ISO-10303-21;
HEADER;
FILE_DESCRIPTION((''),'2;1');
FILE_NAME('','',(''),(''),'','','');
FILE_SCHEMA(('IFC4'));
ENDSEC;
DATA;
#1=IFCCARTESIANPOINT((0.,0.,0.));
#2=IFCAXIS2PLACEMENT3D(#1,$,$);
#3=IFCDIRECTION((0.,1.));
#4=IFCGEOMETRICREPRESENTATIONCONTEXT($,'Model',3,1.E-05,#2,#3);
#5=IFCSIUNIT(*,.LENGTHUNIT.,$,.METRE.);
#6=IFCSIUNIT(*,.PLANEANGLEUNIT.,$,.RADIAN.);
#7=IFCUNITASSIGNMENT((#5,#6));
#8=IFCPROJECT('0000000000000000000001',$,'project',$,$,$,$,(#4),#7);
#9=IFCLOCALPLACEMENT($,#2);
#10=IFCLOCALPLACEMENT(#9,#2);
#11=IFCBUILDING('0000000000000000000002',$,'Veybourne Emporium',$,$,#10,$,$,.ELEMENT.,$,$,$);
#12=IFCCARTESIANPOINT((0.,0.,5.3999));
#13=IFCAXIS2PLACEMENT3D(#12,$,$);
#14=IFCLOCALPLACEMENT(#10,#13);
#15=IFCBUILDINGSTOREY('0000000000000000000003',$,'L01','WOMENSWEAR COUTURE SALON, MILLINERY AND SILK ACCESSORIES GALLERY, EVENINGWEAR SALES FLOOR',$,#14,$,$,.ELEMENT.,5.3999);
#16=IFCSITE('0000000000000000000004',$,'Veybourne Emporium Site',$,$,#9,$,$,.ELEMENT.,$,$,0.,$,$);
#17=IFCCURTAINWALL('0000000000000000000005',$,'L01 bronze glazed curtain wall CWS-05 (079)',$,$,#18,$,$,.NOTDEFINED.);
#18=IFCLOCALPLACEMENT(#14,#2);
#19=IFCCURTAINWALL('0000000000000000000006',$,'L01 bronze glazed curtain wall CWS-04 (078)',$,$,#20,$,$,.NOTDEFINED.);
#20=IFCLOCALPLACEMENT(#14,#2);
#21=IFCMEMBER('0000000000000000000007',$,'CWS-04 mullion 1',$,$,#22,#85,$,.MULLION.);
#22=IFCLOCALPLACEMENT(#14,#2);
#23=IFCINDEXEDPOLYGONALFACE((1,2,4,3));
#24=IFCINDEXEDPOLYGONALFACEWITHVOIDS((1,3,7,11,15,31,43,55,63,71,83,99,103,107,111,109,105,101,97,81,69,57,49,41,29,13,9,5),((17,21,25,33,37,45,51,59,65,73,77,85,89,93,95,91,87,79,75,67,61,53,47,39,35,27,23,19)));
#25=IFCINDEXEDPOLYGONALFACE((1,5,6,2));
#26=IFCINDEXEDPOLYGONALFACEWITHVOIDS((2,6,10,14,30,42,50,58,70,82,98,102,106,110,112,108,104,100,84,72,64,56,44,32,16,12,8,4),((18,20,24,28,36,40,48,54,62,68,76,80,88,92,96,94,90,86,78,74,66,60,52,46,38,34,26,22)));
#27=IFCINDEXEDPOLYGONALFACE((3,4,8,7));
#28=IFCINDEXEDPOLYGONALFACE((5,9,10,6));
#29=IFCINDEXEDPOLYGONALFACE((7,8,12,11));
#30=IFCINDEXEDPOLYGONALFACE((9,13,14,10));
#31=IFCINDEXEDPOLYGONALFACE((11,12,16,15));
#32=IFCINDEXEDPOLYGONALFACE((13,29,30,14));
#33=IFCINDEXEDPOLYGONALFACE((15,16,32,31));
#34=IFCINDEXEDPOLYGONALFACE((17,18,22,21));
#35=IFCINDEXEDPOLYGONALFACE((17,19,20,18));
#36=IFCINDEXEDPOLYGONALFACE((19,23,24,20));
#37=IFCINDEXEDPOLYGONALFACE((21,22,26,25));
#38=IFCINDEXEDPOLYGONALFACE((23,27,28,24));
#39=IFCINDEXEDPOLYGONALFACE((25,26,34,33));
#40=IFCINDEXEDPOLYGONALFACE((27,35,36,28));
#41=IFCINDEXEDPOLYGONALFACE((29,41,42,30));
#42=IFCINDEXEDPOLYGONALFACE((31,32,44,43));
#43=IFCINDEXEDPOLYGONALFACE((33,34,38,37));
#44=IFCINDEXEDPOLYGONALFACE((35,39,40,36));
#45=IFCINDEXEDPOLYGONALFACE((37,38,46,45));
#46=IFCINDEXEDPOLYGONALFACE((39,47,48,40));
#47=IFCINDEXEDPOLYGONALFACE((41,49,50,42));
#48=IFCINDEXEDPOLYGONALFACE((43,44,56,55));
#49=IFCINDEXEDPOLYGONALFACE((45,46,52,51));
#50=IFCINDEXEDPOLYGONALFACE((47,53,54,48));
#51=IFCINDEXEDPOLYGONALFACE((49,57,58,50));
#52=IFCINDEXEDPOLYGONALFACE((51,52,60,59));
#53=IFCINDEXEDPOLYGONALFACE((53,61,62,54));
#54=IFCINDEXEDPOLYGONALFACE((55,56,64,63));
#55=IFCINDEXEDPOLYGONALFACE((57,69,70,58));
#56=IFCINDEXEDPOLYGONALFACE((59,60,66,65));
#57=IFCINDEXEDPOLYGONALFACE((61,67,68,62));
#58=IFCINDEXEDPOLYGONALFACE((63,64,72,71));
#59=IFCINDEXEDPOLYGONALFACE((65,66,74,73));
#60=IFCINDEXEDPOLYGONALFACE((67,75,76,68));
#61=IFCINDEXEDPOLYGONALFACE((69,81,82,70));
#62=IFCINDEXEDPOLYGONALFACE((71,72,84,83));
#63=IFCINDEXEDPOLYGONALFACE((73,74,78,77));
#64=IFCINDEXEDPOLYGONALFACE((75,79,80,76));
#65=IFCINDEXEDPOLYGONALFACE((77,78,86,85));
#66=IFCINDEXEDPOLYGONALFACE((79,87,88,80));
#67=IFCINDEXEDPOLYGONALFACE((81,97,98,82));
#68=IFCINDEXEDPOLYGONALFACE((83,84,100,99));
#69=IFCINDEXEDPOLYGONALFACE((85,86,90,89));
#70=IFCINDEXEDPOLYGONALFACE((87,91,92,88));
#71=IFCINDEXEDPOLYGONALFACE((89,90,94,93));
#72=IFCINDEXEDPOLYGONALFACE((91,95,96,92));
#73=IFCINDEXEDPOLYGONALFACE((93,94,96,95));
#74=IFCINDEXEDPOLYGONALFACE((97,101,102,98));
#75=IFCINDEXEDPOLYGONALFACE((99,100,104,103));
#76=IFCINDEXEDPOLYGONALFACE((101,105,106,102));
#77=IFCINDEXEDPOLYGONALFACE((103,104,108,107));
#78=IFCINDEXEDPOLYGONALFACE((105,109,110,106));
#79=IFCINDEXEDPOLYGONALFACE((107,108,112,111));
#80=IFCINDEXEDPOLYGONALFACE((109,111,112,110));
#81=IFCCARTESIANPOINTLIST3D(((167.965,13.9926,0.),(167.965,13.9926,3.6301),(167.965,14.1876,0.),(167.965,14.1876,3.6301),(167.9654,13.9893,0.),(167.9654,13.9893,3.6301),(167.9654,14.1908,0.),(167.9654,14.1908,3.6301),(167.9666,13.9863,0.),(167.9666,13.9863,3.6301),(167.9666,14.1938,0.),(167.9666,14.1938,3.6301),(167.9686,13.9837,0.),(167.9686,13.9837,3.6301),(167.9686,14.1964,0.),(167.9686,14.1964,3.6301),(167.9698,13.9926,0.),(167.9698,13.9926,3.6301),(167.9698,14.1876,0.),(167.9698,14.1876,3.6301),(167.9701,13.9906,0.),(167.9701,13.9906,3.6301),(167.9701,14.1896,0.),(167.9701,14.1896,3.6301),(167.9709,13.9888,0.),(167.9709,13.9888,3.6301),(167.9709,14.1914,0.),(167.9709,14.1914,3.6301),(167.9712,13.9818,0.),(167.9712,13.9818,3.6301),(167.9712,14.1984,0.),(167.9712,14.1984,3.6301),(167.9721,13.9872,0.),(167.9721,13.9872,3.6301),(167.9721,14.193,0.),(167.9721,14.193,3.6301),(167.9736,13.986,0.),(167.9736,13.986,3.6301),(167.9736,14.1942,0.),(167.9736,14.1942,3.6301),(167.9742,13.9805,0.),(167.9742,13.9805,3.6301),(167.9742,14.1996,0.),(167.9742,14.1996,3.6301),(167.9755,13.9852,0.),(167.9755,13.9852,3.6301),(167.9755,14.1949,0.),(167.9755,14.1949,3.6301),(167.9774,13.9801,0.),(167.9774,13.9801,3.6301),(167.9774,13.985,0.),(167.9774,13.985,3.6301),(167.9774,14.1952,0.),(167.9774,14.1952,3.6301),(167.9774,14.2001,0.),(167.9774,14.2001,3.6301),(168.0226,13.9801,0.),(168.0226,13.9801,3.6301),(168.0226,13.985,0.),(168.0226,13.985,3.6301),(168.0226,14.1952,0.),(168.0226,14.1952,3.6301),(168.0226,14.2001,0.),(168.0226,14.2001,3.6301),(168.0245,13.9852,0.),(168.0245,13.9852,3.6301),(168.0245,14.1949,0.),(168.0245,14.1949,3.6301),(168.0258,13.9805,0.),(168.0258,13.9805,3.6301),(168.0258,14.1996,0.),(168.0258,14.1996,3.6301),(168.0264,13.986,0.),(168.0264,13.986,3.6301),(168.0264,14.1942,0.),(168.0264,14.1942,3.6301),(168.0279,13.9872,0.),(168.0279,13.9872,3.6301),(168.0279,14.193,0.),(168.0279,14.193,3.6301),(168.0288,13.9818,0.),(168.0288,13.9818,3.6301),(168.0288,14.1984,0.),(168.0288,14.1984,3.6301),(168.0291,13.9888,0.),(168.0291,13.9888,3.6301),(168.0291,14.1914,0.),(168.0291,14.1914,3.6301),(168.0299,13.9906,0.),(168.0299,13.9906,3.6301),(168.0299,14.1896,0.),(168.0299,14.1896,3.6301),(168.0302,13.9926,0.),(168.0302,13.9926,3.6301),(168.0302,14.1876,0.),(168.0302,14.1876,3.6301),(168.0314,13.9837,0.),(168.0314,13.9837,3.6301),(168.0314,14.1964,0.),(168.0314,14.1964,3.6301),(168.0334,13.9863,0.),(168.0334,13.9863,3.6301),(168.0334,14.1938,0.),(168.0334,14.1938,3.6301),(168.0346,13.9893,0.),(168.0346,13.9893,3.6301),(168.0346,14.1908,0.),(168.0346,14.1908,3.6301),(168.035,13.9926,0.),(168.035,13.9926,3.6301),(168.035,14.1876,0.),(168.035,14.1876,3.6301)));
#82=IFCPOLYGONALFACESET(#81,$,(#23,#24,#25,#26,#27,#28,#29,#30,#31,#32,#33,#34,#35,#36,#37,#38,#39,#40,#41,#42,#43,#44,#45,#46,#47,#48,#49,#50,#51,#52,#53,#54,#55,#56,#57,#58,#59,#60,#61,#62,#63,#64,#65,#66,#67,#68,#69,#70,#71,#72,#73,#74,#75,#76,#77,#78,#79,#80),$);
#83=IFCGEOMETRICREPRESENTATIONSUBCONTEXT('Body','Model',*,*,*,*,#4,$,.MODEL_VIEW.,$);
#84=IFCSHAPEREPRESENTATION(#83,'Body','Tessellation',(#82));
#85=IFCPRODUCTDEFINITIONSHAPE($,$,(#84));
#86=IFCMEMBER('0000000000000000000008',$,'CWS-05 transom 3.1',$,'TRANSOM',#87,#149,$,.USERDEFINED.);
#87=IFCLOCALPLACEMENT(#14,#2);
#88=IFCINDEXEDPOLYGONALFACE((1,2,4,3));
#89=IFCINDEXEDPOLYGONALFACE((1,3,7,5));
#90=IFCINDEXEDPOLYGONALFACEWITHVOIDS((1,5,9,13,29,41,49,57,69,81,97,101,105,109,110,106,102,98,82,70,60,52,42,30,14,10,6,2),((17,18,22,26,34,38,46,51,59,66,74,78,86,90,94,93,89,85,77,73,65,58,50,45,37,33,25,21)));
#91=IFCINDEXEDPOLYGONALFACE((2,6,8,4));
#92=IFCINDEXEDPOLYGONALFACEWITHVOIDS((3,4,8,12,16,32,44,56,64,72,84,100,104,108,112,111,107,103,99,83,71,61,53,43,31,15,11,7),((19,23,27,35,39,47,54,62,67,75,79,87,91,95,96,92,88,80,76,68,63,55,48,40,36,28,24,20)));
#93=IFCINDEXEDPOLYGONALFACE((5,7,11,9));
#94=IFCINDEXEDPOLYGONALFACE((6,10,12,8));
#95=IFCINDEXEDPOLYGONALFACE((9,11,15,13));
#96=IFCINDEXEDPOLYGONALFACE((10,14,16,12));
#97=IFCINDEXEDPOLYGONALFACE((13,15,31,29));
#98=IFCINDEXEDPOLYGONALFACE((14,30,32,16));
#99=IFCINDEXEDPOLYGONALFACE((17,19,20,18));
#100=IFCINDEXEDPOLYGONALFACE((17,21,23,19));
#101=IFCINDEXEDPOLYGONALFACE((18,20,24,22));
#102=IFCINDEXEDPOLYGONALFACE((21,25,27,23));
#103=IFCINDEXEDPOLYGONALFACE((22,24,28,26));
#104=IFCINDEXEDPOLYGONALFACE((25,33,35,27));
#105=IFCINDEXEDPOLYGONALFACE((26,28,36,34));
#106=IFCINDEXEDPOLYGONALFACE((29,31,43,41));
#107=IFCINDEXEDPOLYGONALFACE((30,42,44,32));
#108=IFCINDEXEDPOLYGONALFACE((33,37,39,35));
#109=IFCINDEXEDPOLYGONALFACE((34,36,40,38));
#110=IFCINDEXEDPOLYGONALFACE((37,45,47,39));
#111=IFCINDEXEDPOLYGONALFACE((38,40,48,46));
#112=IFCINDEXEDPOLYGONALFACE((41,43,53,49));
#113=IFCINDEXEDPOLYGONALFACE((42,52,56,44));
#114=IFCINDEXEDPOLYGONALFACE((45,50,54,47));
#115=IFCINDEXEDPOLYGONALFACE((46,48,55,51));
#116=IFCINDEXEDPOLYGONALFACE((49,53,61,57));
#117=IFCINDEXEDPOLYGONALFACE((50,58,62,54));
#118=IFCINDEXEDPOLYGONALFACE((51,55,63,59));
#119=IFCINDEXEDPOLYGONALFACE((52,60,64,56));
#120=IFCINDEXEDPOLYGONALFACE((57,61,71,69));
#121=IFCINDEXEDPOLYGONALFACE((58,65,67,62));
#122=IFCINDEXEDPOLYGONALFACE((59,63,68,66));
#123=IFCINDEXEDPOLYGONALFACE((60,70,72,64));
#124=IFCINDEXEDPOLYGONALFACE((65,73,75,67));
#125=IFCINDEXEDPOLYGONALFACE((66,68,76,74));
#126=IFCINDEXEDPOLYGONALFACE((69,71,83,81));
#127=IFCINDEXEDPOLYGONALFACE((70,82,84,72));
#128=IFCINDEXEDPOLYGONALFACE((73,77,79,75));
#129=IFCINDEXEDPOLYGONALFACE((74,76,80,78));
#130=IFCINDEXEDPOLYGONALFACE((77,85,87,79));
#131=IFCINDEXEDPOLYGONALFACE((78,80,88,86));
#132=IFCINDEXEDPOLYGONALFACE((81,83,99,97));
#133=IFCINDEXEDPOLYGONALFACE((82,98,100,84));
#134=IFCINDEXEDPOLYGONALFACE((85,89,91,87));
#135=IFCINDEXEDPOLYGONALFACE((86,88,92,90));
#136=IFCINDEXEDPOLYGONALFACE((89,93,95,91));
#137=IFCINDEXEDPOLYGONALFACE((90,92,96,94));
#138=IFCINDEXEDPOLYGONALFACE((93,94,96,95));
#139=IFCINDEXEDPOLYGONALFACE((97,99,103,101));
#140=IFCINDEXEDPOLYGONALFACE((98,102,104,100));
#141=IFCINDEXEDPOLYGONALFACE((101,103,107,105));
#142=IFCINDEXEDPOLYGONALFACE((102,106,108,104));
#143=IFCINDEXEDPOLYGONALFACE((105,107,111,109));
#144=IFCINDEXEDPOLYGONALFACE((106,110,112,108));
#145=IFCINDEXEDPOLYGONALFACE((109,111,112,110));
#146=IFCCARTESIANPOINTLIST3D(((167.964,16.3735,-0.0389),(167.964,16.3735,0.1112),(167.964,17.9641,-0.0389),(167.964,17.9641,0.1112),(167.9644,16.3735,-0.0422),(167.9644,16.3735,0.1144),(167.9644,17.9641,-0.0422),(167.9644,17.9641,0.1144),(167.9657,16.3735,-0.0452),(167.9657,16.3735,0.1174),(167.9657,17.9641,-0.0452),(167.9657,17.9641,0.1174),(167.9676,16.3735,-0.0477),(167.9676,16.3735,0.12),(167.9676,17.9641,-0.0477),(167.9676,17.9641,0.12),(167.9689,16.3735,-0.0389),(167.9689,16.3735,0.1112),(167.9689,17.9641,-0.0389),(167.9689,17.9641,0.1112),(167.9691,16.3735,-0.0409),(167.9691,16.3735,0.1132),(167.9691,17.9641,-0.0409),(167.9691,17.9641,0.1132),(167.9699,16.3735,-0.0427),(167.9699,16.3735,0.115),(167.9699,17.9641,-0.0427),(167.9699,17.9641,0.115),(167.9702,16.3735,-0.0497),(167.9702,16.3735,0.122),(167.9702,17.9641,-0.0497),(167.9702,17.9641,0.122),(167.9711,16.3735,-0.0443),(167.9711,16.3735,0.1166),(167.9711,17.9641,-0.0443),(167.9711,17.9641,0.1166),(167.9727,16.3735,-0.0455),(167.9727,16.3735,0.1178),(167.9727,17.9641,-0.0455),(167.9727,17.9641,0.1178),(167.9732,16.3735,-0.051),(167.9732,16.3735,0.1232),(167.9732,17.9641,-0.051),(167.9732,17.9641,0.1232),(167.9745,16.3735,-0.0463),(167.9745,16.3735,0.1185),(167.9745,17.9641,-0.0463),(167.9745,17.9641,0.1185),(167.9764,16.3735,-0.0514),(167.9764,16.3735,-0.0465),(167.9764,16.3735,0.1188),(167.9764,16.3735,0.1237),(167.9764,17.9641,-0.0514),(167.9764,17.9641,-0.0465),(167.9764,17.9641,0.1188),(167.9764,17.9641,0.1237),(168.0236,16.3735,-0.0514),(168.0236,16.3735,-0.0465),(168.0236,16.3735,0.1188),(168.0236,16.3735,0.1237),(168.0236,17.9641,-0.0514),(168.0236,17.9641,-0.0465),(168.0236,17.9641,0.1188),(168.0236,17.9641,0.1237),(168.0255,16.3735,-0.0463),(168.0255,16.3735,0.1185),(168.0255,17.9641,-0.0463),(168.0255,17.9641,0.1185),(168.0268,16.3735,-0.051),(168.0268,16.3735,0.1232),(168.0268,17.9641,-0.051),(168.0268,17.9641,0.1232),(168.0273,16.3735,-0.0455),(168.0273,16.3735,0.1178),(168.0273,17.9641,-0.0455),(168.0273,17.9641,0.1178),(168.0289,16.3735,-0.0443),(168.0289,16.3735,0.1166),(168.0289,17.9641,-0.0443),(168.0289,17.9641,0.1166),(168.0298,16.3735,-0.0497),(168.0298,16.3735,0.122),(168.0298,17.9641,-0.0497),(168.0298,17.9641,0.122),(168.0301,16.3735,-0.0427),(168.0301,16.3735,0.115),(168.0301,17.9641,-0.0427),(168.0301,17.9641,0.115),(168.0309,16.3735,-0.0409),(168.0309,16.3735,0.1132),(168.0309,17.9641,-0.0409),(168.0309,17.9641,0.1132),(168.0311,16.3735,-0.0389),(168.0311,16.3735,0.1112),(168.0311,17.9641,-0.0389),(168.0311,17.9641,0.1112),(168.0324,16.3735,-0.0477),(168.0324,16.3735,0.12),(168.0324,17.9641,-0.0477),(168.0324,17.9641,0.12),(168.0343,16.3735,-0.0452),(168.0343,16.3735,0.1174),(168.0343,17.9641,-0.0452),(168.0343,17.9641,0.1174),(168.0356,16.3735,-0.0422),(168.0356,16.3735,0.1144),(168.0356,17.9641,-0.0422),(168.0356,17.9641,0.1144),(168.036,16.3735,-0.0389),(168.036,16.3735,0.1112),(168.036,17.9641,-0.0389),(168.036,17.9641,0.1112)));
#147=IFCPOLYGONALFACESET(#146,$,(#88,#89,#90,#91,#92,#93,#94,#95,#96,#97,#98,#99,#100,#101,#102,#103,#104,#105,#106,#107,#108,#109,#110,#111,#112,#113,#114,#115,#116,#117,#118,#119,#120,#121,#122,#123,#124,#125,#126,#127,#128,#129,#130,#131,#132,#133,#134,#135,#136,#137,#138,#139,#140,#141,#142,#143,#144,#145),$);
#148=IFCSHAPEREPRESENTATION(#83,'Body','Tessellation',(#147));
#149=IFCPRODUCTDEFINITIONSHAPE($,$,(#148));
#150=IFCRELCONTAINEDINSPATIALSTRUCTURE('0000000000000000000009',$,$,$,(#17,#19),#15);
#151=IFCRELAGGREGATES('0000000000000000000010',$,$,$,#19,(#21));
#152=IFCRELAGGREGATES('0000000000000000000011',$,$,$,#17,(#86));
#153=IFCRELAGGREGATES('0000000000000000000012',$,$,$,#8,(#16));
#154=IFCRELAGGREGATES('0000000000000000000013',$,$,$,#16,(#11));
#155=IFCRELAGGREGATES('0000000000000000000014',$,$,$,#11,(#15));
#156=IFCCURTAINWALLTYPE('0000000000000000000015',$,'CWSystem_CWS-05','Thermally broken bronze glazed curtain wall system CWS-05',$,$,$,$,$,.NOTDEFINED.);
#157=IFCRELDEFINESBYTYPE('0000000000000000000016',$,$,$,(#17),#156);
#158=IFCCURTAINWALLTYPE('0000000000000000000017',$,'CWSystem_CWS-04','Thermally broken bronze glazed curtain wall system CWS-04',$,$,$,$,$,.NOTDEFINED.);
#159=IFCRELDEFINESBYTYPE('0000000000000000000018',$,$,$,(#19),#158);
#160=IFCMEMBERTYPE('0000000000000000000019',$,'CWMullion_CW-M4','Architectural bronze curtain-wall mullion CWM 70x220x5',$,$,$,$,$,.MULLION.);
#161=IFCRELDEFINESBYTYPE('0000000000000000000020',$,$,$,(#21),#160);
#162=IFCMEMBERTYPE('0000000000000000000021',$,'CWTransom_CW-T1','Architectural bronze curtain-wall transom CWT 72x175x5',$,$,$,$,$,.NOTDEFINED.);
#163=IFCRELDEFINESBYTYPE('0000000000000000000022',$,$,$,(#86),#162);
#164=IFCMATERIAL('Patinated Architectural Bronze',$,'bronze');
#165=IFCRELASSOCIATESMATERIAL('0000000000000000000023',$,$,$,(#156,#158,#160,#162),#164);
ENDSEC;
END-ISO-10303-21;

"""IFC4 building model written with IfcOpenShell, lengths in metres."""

from ifc_helpers import new_model, si_unit, direction, frame, origin, origin_2d, place, context, subcontext, project, spatial, hollow_rectangle, extrude, material, material_profile, profile_set, type_object, element, aggregate, save


model = new_model("IFC4")

# Units and contexts
model_context = context("Model", 3, precision=1e-05, world=origin(), true_north=direction((0.0, 1.0)))
body_context = subcontext(model_context, "Body", "Model", "MODEL_VIEW")
ifc_project = project(units=[si_unit("LENGTHUNIT", "METRE"), si_unit("PLANEANGLEUNIT", "RADIAN")], contexts=[model_context])

# Site, building, storey
site_placement = place(None, origin())
site = spatial("IfcSite", under=ifc_project, at=site_placement, Name="Veybourne Emporium Site", CompositionType="ELEMENT", RefElevation=0.0)
building_placement = place(site_placement, origin())
building = spatial("IfcBuilding", under=site, at=building_placement, Name="Veybourne Emporium", CompositionType="ELEMENT")
storey_placement = place(building_placement, frame((0.0, 0.0, 5.3999)))
storey = spatial("IfcBuildingStorey", under=building, at=storey_placement, Name="L01", Description="WOMENSWEAR COUTURE SALON, MILLINERY AND SILK ACCESSORIES GALLERY, EVENINGWEAR SALES FLOOR", CompositionType="ELEMENT", Elevation=5.3999)

# Curtain wall
ifc_material_1 = material(Name="Patinated Architectural Bronze", Category="bronze")
curtain_wall_type_1 = type_object("IfcCurtainWallType", Name="CWSystem_CWS-05", Description="Thermally broken bronze glazed curtain wall system CWS-05", PredefinedType="NOTDEFINED", material=ifc_material_1)
curtain_wall_1_placement = place(storey_placement, origin())
curtain_wall_1 = element("IfcCurtainWall", 1, at=curtain_wall_1_placement, inside=storey, type_object=curtain_wall_type_1, Name="L01 bronze glazed curtain wall CWS-05 (079)", PredefinedType="NOTDEFINED")

# Curtain wall, member
curtain_wall_type_2 = type_object("IfcCurtainWallType", Name="CWSystem_CWS-04", Description="Thermally broken bronze glazed curtain wall system CWS-04", PredefinedType="NOTDEFINED", material=ifc_material_1)
curtain_wall_2_placement = place(storey_placement, origin())
curtain_wall_2 = element("IfcCurtainWall", 2, at=curtain_wall_2_placement, inside=storey, type_object=curtain_wall_type_2, Name="L01 bronze glazed curtain wall CWS-04 (078)", PredefinedType="NOTDEFINED")
ifc_material_profile_1 = material_profile(ifc_material_1, hollow_rectangle(XDim=0.0701, YDim=0.22, WallThickness=0.0049, InnerFilletRadius=0.0076, OuterFilletRadius=0.0125, at=origin_2d()), Name="CWM 70x220x5")
ifc_profile_set_1 = profile_set([ifc_material_profile_1], Name="Patinated Architectural Bronze")
member_type_1 = type_object("IfcMemberType", Name="CWMullion_CW-M4", Description="Architectural bronze curtain-wall mullion CWM 70x220x5", PredefinedType="MULLION", material=ifc_profile_set_1)
member_1_placement = place(storey_placement, frame((168.0, 14.0901, 0.0), z_axis=(0.0, 0.0, 1.0), x_axis=(1.0, 0.0, 0.0)))
member_1 = element("IfcMember", 3, at=member_1_placement, type_object=member_type_1, Name="CWS-04 mullion 1", PredefinedType="MULLION", context=body_context, shape_type="SweptSolid", body=[
    extrude(hollow_rectangle(XDim=0.0701, YDim=0.22, WallThickness=0.0049, InnerFilletRadius=0.0076, OuterFilletRadius=0.0125, at=origin_2d()), origin(), (0.0, 0.0, 1.0), 3.6301),
])

# Member
ifc_material_profile_2 = material_profile(ifc_material_1, hollow_rectangle(XDim=0.072, YDim=0.175, WallThickness=0.0049, InnerFilletRadius=0.0076, OuterFilletRadius=0.0125, at=origin_2d()), Name="CWT 72x175x5")
ifc_profile_set_2 = profile_set([ifc_material_profile_2], Name="Patinated Architectural Bronze")
member_type_2 = type_object("IfcMemberType", Name="CWTransom_CW-T1", Description="Architectural bronze curtain-wall transom CWT 72x175x5", PredefinedType="NOTDEFINED", material=ifc_profile_set_2)
member_2_placement = place(storey_placement, frame((168.0, 17.9641, 0.0361), z_axis=(0.0, -1.0, 0.0), x_axis=(1.0, 0.0, 0.0)))
member_2 = element("IfcMember", 4, at=member_2_placement, type_object=member_type_2, Name="CWS-05 transom 3.1", ObjectType="TRANSOM", PredefinedType="USERDEFINED", context=body_context, shape_type="SweptSolid", body=[
    extrude(hollow_rectangle(XDim=0.072, YDim=0.175, WallThickness=0.0049, InnerFilletRadius=0.0076, OuterFilletRadius=0.0125, at=origin_2d()), origin(), (0.0, 0.0, 1.0), 1.5906),
])
aggregate(curtain_wall_2, [member_1])

aggregate(curtain_wall_1, [member_2])

save(model, "model.ifc")
